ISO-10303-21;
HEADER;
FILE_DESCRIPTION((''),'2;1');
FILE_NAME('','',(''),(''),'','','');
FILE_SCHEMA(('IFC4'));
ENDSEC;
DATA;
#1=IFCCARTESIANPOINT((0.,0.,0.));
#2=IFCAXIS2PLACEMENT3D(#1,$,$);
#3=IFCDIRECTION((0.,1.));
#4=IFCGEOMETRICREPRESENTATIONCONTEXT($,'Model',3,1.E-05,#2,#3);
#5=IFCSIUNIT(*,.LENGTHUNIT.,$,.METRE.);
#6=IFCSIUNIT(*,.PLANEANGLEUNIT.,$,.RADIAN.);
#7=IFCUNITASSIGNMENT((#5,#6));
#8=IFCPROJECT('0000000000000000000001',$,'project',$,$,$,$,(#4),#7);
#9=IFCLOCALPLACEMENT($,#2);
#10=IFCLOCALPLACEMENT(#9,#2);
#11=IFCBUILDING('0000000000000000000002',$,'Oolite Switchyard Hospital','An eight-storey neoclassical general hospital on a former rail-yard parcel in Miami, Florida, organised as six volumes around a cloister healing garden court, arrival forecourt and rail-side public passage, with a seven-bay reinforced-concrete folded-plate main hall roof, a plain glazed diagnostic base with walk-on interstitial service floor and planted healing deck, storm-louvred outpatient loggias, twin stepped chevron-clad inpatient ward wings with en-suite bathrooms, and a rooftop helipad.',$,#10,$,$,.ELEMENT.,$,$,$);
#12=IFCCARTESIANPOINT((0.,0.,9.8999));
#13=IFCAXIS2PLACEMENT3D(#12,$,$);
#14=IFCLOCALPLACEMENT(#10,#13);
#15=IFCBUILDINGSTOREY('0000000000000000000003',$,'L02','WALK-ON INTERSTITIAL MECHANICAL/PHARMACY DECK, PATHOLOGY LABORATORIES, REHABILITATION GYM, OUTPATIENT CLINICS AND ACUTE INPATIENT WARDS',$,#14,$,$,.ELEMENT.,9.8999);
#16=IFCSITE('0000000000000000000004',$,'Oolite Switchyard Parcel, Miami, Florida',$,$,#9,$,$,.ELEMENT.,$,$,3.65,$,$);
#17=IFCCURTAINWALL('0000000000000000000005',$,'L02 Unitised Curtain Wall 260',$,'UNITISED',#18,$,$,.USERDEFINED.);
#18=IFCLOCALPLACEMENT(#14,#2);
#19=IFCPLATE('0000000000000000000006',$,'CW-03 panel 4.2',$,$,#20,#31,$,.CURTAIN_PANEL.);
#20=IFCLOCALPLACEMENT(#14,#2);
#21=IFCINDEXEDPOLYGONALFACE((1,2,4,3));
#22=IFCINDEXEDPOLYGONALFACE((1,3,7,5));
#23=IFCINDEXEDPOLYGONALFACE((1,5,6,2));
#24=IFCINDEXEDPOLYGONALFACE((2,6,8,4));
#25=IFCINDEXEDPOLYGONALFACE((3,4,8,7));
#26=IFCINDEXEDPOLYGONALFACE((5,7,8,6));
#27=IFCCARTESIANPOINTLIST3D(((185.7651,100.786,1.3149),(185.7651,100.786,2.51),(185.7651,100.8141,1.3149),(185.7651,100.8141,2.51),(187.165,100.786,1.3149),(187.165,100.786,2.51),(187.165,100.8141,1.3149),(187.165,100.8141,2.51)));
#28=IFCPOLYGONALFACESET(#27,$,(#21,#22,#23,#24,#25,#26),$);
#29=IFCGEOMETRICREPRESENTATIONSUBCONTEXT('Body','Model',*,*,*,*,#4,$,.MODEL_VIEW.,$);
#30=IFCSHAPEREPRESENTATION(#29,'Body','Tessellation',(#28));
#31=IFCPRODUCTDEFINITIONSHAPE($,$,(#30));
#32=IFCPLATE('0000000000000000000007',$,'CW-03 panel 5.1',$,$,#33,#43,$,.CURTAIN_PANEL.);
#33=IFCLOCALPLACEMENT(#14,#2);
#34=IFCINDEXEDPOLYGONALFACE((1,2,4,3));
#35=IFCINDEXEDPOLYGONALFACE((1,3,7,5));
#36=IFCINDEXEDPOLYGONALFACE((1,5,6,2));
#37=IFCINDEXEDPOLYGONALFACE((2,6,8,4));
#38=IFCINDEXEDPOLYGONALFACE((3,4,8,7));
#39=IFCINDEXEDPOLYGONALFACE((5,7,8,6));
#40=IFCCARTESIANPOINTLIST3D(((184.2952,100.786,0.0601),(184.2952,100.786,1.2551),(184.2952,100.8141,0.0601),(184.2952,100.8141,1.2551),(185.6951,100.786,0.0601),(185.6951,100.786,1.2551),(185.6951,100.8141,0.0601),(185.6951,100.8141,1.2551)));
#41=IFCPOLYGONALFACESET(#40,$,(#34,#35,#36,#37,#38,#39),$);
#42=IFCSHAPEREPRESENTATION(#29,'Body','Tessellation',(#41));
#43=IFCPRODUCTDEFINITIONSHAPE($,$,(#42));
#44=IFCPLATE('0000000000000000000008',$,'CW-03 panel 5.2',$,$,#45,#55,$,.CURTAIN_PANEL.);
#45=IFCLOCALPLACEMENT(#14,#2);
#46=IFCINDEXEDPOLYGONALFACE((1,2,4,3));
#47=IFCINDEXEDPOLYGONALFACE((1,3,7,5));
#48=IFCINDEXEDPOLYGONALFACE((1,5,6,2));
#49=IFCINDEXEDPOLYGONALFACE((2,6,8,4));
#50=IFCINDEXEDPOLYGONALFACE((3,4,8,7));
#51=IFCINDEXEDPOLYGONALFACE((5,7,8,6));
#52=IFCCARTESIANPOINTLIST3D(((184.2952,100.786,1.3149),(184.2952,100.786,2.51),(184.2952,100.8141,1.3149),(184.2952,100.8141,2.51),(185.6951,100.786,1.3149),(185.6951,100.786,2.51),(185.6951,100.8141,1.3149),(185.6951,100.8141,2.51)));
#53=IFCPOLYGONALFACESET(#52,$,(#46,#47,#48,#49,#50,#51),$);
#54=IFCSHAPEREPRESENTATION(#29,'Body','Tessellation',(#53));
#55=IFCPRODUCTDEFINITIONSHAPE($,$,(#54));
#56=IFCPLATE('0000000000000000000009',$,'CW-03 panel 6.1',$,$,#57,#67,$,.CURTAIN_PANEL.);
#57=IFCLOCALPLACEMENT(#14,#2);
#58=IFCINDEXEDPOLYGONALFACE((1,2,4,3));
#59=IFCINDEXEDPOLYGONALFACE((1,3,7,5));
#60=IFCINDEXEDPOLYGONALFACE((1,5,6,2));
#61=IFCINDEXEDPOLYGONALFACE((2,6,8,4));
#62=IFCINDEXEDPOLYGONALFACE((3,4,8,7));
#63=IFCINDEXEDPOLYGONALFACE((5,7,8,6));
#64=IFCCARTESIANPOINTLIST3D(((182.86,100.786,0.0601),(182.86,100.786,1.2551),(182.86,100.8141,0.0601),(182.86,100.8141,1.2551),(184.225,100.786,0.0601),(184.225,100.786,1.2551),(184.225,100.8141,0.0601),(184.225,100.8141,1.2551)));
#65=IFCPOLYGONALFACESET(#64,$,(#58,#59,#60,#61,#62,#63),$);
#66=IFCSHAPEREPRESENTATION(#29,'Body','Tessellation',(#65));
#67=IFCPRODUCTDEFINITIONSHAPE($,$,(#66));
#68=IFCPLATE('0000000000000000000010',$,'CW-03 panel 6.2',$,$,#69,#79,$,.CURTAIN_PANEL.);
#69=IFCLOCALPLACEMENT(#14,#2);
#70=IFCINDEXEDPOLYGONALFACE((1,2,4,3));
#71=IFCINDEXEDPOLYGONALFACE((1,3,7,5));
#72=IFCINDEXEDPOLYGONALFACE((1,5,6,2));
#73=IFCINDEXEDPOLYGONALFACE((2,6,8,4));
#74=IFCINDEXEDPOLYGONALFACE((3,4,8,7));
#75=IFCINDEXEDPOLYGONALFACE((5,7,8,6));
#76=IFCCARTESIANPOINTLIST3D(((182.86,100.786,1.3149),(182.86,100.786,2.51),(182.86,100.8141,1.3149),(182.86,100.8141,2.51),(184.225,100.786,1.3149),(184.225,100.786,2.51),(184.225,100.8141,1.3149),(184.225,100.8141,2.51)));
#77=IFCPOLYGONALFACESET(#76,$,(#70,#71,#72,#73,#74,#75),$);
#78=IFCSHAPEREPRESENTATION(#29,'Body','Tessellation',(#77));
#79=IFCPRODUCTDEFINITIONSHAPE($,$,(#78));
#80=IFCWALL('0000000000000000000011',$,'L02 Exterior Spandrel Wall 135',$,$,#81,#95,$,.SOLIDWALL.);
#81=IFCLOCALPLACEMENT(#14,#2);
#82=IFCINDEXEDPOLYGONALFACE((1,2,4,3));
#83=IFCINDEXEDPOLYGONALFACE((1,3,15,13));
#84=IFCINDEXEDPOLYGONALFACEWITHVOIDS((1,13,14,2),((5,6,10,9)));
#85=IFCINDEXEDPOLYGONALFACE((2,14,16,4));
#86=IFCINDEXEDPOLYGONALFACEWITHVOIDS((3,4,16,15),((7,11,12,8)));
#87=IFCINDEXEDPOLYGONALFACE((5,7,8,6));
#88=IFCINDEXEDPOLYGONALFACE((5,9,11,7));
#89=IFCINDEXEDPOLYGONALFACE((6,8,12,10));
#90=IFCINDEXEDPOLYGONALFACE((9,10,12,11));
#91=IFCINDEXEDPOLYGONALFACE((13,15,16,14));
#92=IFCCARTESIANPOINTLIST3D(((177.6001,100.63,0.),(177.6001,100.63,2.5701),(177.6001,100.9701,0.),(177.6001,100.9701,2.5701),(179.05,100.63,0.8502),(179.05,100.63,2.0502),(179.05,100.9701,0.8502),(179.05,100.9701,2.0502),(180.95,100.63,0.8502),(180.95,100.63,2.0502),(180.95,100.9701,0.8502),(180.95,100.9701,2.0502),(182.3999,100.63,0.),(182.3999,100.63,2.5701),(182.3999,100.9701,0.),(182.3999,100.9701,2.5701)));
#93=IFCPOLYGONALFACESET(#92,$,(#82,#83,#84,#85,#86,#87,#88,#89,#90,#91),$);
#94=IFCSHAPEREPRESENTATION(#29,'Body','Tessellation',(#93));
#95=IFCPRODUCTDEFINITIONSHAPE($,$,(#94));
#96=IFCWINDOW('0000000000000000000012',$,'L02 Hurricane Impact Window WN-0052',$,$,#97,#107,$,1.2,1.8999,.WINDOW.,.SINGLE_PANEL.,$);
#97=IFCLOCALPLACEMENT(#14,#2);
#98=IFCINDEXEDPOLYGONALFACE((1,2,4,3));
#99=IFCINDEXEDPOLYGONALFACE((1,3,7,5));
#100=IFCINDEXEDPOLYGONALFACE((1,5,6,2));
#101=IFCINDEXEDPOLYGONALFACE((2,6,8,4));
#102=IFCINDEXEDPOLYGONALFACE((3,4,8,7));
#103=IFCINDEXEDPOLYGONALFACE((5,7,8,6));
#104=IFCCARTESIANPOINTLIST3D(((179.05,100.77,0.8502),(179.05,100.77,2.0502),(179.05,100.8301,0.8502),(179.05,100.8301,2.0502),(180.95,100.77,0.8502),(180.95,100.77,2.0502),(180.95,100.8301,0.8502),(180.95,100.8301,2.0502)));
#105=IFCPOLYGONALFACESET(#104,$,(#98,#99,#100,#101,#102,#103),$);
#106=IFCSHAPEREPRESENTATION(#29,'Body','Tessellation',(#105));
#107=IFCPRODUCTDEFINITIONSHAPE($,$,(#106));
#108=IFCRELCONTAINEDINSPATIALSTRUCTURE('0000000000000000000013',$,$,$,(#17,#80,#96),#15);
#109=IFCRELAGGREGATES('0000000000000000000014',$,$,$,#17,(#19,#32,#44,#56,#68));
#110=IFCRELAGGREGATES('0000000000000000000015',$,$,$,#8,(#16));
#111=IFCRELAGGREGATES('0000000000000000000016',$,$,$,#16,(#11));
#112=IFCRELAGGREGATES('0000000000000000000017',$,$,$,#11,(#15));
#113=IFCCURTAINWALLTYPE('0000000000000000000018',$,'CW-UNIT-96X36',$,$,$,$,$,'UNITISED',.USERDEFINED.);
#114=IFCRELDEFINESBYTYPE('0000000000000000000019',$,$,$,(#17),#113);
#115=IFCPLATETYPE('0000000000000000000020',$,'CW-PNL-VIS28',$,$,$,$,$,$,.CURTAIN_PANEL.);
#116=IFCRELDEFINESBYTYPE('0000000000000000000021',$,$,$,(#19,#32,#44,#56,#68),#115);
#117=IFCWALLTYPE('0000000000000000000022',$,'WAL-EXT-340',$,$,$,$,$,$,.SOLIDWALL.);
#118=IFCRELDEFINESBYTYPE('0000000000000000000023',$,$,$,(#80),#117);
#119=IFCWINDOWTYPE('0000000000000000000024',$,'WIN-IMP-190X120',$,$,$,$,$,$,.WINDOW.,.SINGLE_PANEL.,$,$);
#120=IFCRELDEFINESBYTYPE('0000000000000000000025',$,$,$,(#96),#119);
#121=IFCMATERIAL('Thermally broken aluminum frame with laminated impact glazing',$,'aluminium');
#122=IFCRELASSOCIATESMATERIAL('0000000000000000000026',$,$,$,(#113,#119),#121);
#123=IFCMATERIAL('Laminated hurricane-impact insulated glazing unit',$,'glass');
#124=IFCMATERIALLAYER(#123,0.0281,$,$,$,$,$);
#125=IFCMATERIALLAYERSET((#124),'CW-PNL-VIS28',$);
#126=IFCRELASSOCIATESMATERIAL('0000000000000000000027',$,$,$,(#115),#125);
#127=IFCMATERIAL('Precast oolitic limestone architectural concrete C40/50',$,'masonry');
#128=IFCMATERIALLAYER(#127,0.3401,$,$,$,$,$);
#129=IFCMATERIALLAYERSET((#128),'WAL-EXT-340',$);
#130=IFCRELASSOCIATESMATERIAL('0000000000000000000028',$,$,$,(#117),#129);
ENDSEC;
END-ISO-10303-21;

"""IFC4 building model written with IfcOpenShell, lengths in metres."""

from ifc_helpers import new_model, si_unit, direction, frame, frame_2d, origin, origin_2d, place, context, subcontext, project, spatial, rectangle, extrude, material, layer, layer_set, type_object, element, fill, aggregate, save


model = new_model("IFC4")

# Units and contexts
model_context = context("Model", 3, precision=1e-05, world=origin(), true_north=direction((0.0, 1.0)))
body_context = subcontext(model_context, "Body", "Model", "MODEL_VIEW")
ifc_project = project(units=[si_unit("LENGTHUNIT", "METRE"), si_unit("PLANEANGLEUNIT", "RADIAN")], contexts=[model_context])

# Site, building, storey
site_placement = place(None, origin())
site = spatial("IfcSite", under=ifc_project, at=site_placement, Name="Oolite Switchyard Parcel, Miami, Florida", CompositionType="ELEMENT", RefElevation=3.65)
building_placement = place(site_placement, origin())
building = spatial("IfcBuilding", under=site, at=building_placement, Name="Oolite Switchyard Hospital", Description="An eight-storey neoclassical general hospital on a former rail-yard parcel in Miami, Florida, organised as six volumes around a cloister healing garden court, arrival forecourt and rail-side public passage, with a seven-bay reinforced-concrete folded-plate main hall roof, a plain glazed diagnostic base with walk-on interstitial service floor and planted healing deck, storm-louvred outpatient loggias, twin stepped chevron-clad inpatient ward wings with en-suite bathrooms, and a rooftop helipad.", CompositionType="ELEMENT")
storey_placement = place(building_placement, frame((0.0, 0.0, 9.8999)))
storey = spatial("IfcBuildingStorey", under=building, at=storey_placement, Name="L02", Description="WALK-ON INTERSTITIAL MECHANICAL/PHARMACY DECK, PATHOLOGY LABORATORIES, REHABILITATION GYM, OUTPATIENT CLINICS AND ACUTE INPATIENT WARDS", CompositionType="ELEMENT", Elevation=9.8999)

# Curtain wall, plates
ifc_material_1 = material(Name="Thermally broken aluminum frame with laminated impact glazing", Category="aluminium")
curtain_wall_type = type_object("IfcCurtainWallType", Name="CW-UNIT-96X36", ElementType="UNITISED", PredefinedType="USERDEFINED", material=ifc_material_1)
curtain_wall_placement = place(storey_placement, origin())
curtain_wall = element("IfcCurtainWall", 1, at=curtain_wall_placement, inside=storey, type_object=curtain_wall_type, Name="L02 Unitised Curtain Wall 260", ObjectType="UNITISED", PredefinedType="USERDEFINED")
ifc_material_2 = material(Name="Laminated hurricane-impact insulated glazing unit", Category="glass")
ifc_layer_1 = layer(ifc_material_2, 0.0281)
ifc_layer_set_1 = layer_set([ifc_layer_1], Name="CW-PNL-VIS28")
plate_type = type_object("IfcPlateType", Name="CW-PNL-VIS28", PredefinedType="CURTAIN_PANEL", material=ifc_layer_set_1)
plate_1_placement = place(storey_placement, frame((186.4651, 100.8, 1.3149), z_axis=(0.0, 0.0, 1.0), x_axis=(-1.0, 0.0, 0.0)))
plate_1 = element("IfcPlate", 2, at=plate_1_placement, type_object=plate_type, Name="CW-03 panel 4.2", PredefinedType="CURTAIN_PANEL", context=body_context, shape_type="SweptSolid", body=[
    extrude(rectangle(XDim=1.3999, YDim=0.0281, at=origin_2d()), origin(), (0.0, 0.0, 1.0), 1.1951),
])
plate_2_placement = place(storey_placement, frame((184.9951, 100.8, 0.0601), z_axis=(0.0, 0.0, 1.0), x_axis=(-1.0, 0.0, 0.0)))
plate_2 = element("IfcPlate", 3, at=plate_2_placement, type_object=plate_type, Name="CW-03 panel 5.1", PredefinedType="CURTAIN_PANEL", context=body_context, shape_type="SweptSolid", body=[
    extrude(rectangle(XDim=1.3999, YDim=0.0281, at=origin_2d()), origin(), (0.0, 0.0, 1.0), 1.1951),
])
plate_3_placement = place(storey_placement, frame((184.9951, 100.8, 1.3149), z_axis=(0.0, 0.0, 1.0), x_axis=(-1.0, 0.0, 0.0)))
plate_3 = element("IfcPlate", 4, at=plate_3_placement, type_object=plate_type, Name="CW-03 panel 5.2", PredefinedType="CURTAIN_PANEL", context=body_context, shape_type="SweptSolid", body=[
    extrude(rectangle(XDim=1.3999, YDim=0.0281, at=origin_2d()), origin(), (0.0, 0.0, 1.0), 1.1951),
])
plate_4_placement = place(storey_placement, frame((183.5425, 100.8, 0.0601), z_axis=(0.0, 0.0, 1.0), x_axis=(-1.0, 0.0, 0.0)))
plate_4 = element("IfcPlate", 5, at=plate_4_placement, type_object=plate_type, Name="CW-03 panel 6.1", PredefinedType="CURTAIN_PANEL", context=body_context, shape_type="SweptSolid", body=[
    extrude(rectangle(XDim=1.365, YDim=0.0281, at=origin_2d()), origin(), (0.0, 0.0, 1.0), 1.1951),
])
plate_5_placement = place(storey_placement, frame((183.5425, 100.8, 1.3149), z_axis=(0.0, 0.0, 1.0), x_axis=(-1.0, 0.0, 0.0)))
plate_5 = element("IfcPlate", 6, at=plate_5_placement, type_object=plate_type, Name="CW-03 panel 6.2", PredefinedType="CURTAIN_PANEL", context=body_context, shape_type="SweptSolid", body=[
    extrude(rectangle(XDim=1.365, YDim=0.0281, at=origin_2d()), origin(), (0.0, 0.0, 1.0), 1.1951),
])
aggregate(curtain_wall, [plate_1, plate_2, plate_3, plate_4, plate_5])

# Wall, opening, window
ifc_material_3 = material(Name="Precast oolitic limestone architectural concrete C40/50", Category="masonry")
ifc_layer_2 = layer(ifc_material_3, 0.3401)
ifc_layer_set_2 = layer_set([ifc_layer_2], Name="WAL-EXT-340")
wall_type = type_object("IfcWallType", Name="WAL-EXT-340", PredefinedType="SOLIDWALL", material=ifc_layer_set_2)
wall_placement = place(storey_placement, frame((182.3999, 100.8, 0.0), z_axis=(0.0, 0.0, 1.0), x_axis=(-1.0, 0.0, 0.0)))
wall = element("IfcWall", 7, at=wall_placement, inside=storey, type_object=wall_type, Name="L02 Exterior Spandrel Wall 135", PredefinedType="SOLIDWALL", context=body_context, shape_type="SweptSolid", body=[
    extrude(rectangle(XDim=4.7998, YDim=0.3401, at=frame_2d((2.3999, 0.0))), origin(), (0.0, 0.0, 1.0), 2.5701),
])
opening_placement = place(wall_placement, frame((1.45, 0.0, 0.8501)))
opening = element("IfcOpeningElement", 8, at=opening_placement, cuts=wall, PredefinedType="OPENING", context=body_context, shape_type="SweptSolid", body=[
    extrude(rectangle(XDim=1.8999, YDim=1.2, at=frame_2d((0.95, 0.6001))), frame((0.0, 0.1802, 0.0), z_axis=(0.0, -1.0, 0.0), x_axis=(1.0, 0.0, 0.0)), (0.0, 0.0, 1.0), 0.3601),
])
window_type = type_object("IfcWindowType", Name="WIN-IMP-190X120", PartitioningType="SINGLE_PANEL", PredefinedType="WINDOW", material=ifc_material_1)
window_placement = place(opening_placement, origin())
window = element("IfcWindow", 9, at=window_placement, inside=storey, type_object=window_type, Name="L02 Hurricane Impact Window WN-0052", OverallHeight=1.2, OverallWidth=1.8999, PartitioningType="SINGLE_PANEL", PredefinedType="WINDOW", context=body_context, shape_type="SweptSolid", body=[
    extrude(rectangle(XDim=1.8999, YDim=1.2, at=frame_2d((0.95, 0.6001))), frame((0.0, 0.03, 0.0), z_axis=(0.0, -1.0, 0.0), x_axis=(1.0, 0.0, 0.0)), (0.0, 0.0, 1.0), 0.0601),
])
fill(opening, window)

save(model, "model.ifc")
